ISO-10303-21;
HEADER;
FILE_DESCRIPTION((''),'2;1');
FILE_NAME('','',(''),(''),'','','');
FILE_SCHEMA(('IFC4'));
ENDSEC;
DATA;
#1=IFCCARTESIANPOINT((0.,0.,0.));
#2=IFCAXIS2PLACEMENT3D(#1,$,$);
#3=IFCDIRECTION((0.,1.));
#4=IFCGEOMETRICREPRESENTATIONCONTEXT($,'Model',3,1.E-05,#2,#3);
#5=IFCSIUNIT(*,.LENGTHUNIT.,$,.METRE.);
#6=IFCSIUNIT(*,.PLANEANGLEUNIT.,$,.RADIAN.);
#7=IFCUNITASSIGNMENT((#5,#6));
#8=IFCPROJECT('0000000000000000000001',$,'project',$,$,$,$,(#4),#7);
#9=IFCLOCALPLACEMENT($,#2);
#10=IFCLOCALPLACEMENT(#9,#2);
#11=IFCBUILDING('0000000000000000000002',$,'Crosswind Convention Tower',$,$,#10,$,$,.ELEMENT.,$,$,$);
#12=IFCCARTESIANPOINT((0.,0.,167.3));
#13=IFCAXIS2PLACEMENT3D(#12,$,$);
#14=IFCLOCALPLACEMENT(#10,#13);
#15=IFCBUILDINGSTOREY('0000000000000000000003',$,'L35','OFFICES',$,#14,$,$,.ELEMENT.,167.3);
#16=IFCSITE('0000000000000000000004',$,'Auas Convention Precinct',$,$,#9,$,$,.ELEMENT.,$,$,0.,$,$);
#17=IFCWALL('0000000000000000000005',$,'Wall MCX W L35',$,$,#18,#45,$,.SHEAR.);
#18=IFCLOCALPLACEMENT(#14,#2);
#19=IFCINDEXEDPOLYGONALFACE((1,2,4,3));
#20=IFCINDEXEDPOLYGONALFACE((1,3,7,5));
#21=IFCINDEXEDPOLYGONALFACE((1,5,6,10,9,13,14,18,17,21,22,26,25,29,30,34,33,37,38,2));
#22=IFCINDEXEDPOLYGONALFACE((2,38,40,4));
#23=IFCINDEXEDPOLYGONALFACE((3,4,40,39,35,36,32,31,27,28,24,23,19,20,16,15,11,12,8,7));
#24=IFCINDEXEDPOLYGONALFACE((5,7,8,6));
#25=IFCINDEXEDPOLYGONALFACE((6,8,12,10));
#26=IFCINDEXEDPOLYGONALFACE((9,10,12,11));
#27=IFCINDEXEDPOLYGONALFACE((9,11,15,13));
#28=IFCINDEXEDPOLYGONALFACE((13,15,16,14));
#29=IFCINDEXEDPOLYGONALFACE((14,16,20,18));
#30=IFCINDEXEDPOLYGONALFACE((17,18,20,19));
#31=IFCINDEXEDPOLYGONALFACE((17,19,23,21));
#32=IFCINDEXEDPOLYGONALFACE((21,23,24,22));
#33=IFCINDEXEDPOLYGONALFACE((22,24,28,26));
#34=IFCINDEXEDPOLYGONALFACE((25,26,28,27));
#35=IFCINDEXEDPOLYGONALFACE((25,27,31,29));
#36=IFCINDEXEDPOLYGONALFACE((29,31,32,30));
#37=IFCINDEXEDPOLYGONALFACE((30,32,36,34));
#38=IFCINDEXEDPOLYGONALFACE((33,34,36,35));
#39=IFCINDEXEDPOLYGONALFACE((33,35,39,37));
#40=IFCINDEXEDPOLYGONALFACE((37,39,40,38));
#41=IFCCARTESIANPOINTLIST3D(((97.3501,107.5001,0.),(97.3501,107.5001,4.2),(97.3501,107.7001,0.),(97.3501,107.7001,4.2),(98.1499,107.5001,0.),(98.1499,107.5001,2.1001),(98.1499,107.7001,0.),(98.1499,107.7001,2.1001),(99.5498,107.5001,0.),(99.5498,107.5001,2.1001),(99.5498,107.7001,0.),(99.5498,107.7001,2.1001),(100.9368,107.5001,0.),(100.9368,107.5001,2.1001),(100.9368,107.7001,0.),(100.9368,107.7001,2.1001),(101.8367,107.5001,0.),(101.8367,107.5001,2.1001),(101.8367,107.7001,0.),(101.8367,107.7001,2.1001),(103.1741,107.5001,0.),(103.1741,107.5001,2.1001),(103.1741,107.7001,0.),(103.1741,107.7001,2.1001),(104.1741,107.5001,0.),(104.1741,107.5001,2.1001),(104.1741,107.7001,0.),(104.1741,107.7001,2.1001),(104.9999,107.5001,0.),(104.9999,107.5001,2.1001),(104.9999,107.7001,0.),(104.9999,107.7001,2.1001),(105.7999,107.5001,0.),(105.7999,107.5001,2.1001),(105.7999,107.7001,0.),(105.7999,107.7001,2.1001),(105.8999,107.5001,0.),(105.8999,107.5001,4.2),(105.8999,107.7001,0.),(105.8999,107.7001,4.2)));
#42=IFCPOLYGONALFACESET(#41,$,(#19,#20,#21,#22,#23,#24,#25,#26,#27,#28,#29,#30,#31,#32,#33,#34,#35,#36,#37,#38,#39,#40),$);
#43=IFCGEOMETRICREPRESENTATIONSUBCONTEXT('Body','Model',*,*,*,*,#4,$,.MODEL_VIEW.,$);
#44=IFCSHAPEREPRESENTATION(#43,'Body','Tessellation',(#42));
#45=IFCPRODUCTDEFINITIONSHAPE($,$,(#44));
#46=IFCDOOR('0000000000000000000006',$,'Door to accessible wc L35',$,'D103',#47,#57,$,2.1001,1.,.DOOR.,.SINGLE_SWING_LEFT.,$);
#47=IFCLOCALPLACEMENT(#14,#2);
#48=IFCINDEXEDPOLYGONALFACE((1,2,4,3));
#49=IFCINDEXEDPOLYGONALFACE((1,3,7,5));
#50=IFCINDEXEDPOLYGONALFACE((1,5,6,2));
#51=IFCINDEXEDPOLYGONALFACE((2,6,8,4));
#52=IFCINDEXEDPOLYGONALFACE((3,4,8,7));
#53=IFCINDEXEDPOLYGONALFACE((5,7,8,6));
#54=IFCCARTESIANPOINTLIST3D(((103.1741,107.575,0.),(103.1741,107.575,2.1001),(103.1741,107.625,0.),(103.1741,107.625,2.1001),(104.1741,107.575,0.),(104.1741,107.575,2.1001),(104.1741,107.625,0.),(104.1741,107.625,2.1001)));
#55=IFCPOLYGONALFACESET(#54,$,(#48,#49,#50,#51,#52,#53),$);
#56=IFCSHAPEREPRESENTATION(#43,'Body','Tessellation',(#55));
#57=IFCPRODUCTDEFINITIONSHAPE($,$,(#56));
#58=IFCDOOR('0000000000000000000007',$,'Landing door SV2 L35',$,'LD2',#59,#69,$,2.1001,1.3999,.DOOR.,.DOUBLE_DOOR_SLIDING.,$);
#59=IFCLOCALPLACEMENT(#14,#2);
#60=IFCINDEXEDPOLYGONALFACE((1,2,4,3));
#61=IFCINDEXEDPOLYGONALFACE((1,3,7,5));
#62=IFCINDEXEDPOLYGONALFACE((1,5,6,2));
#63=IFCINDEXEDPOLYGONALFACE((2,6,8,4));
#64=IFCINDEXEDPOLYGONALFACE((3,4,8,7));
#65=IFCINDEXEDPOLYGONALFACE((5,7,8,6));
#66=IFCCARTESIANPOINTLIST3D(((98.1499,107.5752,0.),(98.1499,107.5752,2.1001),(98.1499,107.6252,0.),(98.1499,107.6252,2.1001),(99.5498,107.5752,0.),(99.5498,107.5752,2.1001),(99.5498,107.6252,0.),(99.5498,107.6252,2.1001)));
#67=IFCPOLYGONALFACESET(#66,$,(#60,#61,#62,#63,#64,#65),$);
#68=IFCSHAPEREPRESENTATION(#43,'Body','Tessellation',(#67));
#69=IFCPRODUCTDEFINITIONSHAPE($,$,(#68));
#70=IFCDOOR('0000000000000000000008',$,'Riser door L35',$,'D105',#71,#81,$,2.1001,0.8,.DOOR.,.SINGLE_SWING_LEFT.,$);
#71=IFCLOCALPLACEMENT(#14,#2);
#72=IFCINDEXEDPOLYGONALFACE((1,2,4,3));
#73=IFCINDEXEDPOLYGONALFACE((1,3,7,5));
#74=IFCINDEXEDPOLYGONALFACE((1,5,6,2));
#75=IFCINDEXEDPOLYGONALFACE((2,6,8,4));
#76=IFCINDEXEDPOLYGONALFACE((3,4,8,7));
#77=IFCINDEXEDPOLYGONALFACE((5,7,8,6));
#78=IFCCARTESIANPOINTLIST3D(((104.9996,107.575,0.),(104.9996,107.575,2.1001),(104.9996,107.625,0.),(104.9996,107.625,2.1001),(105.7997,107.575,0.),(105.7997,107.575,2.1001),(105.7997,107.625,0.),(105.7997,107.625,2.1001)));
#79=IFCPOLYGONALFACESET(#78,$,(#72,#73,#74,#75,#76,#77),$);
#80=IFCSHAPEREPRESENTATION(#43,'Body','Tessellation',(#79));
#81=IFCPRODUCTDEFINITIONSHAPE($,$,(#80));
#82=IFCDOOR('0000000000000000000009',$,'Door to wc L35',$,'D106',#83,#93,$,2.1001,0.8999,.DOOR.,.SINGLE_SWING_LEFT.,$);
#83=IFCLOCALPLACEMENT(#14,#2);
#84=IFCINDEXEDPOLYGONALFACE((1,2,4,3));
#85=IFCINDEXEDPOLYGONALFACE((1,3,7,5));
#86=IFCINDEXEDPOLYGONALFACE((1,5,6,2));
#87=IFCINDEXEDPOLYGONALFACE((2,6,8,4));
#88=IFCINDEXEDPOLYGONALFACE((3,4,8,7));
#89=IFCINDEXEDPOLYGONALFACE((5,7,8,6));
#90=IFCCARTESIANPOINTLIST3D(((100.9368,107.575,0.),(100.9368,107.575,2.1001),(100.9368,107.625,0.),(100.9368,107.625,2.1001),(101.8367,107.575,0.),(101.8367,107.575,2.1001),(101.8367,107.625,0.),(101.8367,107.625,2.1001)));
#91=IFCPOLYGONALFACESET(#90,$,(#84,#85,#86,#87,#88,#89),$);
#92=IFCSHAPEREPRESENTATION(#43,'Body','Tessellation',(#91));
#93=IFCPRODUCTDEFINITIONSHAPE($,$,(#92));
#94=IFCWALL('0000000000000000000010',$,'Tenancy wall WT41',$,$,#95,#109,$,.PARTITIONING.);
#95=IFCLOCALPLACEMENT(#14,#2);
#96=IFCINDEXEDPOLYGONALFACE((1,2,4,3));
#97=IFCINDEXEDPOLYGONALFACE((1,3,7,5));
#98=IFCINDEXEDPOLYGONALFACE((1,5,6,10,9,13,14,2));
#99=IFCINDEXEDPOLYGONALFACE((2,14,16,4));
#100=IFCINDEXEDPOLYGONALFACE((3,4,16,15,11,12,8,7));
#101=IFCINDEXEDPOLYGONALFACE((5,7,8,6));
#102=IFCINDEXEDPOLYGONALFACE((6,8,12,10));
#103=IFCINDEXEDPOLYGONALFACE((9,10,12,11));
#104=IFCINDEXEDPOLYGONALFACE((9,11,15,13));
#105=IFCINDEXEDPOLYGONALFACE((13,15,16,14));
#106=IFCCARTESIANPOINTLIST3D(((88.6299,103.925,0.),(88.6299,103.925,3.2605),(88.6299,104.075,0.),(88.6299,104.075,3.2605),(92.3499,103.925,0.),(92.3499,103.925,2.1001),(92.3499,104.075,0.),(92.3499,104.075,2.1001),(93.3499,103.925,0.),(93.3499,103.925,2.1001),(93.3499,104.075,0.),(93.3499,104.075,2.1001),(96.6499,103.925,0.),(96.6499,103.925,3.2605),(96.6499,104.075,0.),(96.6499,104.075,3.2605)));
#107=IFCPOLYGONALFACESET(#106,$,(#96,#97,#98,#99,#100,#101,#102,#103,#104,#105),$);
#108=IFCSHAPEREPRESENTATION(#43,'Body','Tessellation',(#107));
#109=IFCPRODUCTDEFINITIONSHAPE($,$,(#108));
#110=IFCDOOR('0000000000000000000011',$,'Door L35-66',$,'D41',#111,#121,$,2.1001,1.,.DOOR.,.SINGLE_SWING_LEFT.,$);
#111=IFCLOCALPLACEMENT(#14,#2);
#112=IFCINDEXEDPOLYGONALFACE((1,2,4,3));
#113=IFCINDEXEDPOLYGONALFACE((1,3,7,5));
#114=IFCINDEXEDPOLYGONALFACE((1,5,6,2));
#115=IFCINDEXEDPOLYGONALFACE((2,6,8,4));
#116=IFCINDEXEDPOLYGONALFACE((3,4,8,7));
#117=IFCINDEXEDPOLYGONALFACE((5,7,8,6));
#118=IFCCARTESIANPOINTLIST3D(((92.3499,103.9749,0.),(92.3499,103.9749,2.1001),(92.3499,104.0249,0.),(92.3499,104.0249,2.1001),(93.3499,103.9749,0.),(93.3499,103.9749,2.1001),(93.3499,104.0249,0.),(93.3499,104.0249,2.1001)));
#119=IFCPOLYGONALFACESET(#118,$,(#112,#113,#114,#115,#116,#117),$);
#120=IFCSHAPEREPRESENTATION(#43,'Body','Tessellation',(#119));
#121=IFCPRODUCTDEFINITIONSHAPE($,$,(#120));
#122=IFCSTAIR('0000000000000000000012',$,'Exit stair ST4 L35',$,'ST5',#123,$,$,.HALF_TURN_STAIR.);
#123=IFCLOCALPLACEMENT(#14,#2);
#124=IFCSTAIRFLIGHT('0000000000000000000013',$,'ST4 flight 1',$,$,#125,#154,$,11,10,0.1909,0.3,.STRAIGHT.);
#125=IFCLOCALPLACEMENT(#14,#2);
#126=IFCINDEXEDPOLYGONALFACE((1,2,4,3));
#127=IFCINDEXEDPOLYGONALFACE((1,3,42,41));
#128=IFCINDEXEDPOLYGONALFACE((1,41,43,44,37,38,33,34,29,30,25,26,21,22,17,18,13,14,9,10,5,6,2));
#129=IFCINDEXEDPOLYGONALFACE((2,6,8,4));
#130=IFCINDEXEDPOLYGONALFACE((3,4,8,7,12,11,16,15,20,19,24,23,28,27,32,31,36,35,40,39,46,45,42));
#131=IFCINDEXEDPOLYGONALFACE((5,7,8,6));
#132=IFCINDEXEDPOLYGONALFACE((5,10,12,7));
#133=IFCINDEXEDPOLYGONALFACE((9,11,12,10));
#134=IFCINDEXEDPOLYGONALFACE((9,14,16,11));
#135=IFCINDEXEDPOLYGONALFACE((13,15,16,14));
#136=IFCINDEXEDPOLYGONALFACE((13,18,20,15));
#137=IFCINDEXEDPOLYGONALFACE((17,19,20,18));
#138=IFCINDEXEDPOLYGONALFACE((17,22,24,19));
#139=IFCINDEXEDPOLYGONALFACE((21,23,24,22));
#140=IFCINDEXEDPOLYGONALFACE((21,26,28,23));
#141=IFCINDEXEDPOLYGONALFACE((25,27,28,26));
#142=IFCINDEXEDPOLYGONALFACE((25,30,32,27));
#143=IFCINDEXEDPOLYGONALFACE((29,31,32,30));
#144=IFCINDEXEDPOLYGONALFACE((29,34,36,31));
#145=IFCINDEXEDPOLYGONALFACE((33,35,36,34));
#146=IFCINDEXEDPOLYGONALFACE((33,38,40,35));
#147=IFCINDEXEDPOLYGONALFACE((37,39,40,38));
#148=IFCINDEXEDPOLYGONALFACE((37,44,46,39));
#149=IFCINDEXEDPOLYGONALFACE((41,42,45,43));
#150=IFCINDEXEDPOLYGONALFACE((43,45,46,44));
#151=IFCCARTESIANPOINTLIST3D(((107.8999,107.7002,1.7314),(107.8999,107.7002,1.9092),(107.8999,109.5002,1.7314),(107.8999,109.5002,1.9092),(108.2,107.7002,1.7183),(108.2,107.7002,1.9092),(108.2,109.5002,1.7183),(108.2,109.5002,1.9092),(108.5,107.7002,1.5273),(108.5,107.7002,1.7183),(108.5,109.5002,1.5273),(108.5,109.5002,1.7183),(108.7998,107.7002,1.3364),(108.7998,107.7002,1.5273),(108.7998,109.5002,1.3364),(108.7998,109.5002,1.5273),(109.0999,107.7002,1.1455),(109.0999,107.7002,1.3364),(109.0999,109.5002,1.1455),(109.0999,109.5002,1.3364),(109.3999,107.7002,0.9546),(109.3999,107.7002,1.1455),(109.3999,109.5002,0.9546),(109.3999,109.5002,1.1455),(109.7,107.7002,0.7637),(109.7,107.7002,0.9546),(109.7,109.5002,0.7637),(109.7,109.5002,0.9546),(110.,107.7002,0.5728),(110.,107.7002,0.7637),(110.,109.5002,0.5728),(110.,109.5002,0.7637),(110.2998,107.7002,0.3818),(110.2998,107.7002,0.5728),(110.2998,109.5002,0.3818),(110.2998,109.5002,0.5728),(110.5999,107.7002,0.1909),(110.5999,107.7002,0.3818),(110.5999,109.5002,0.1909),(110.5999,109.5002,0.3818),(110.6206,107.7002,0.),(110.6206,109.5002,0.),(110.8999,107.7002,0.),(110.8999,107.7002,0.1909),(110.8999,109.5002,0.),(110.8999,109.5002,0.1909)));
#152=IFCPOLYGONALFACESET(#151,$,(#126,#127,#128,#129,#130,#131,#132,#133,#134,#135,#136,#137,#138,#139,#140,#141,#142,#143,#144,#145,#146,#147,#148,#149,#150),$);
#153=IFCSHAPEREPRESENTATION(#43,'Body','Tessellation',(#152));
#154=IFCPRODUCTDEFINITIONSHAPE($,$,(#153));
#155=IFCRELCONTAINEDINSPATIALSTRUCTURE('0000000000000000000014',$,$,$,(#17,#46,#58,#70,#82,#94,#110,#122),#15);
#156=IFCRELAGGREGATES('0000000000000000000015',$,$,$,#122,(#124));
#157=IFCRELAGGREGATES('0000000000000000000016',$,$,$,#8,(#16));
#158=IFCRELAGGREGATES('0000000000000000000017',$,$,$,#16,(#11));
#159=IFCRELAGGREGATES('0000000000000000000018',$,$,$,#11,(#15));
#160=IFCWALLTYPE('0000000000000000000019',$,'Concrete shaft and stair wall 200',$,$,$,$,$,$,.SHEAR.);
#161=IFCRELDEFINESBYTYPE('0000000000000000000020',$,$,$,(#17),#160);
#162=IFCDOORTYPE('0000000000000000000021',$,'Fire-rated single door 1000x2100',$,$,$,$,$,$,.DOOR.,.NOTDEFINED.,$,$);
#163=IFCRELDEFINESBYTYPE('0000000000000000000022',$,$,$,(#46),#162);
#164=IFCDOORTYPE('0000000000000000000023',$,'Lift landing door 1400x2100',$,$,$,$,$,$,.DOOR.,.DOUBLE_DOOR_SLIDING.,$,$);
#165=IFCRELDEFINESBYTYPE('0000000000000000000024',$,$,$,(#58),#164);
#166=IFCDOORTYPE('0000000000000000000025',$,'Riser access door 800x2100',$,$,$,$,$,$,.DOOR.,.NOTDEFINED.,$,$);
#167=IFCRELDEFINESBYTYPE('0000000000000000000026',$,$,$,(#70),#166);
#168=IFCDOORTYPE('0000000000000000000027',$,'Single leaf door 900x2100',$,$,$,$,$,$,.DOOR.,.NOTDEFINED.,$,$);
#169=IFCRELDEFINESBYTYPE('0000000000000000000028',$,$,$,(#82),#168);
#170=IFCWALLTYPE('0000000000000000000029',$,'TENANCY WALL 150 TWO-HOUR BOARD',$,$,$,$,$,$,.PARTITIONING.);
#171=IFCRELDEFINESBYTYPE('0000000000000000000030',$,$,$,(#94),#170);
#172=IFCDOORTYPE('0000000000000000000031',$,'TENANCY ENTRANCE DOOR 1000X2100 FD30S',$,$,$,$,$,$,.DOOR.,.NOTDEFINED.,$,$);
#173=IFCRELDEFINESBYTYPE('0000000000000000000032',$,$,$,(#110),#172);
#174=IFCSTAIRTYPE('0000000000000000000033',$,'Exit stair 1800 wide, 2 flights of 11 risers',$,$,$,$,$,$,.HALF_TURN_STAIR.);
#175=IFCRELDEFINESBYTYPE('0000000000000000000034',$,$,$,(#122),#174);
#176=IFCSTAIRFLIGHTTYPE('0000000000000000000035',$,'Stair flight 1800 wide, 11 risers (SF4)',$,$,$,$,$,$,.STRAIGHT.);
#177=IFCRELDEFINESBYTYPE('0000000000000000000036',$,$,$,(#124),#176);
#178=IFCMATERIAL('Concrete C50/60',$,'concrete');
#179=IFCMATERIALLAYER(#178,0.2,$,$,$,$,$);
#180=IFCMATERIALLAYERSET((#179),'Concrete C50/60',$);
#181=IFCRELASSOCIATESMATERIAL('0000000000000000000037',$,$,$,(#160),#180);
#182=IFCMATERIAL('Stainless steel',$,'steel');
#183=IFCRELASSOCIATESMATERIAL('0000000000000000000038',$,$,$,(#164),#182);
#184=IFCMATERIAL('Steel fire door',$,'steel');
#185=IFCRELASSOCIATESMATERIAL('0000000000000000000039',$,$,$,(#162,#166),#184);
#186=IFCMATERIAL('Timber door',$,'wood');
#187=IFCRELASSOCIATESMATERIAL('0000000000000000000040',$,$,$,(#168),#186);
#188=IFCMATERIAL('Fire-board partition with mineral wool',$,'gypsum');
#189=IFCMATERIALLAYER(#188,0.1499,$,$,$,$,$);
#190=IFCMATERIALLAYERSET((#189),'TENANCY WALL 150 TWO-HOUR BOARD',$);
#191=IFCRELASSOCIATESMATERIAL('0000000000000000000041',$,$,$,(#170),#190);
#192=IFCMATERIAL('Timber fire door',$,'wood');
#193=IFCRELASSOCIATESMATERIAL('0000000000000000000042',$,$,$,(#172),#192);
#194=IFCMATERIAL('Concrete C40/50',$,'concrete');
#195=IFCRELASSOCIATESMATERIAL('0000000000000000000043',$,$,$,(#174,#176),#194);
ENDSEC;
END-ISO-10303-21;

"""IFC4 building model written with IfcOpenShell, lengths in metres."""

from ifc_helpers import new_model, si_unit, direction, frame, frame_2d, origin, place, context, subcontext, project, spatial, polyline, rectangle, outline, extrude, material, layer, layer_set, type_object, element, fill, aggregate, save


model = new_model("IFC4")

# Units and contexts
model_context = context("Model", 3, precision=1e-05, world=origin(), true_north=direction((0.0, 1.0)))
body_context = subcontext(model_context, "Body", "Model", "MODEL_VIEW")
ifc_project = project(units=[si_unit("LENGTHUNIT", "METRE"), si_unit("PLANEANGLEUNIT", "RADIAN")], contexts=[model_context])

# Site, building, storey
site_placement = place(None, origin())
site = spatial("IfcSite", under=ifc_project, at=site_placement, Name="Auas Convention Precinct", CompositionType="ELEMENT", RefElevation=0.0)
building_placement = place(site_placement, origin())
building = spatial("IfcBuilding", under=site, at=building_placement, Name="Crosswind Convention Tower", CompositionType="ELEMENT")
storey_placement = place(building_placement, frame((0.0, 0.0, 167.3)))
storey = spatial("IfcBuildingStorey", under=building, at=storey_placement, Name="L35", Description="OFFICES", CompositionType="ELEMENT", Elevation=167.3)

# Shared definitions
ifc_material_1 = material(Name="Concrete C50/60", Category="concrete")
ifc_layer_1 = layer(ifc_material_1, 0.2)
ifc_layer_set_1 = layer_set([ifc_layer_1], Name="Concrete C50/60")
wall_type_1 = type_object("IfcWallType", Name="Concrete shaft and stair wall 200", PredefinedType="SHEAR", material=ifc_layer_set_1)

# Wall, openings, doors
ifc_material_2 = material(Name="Stainless steel", Category="steel")
door_type_1 = type_object("IfcDoorType", Name="Lift landing door 1400x2100", OperationType="DOUBLE_DOOR_SLIDING", PredefinedType="DOOR", material=ifc_material_2)
wall_1_placement = place(storey_placement, frame((105.8999, 107.6001, 0.0), z_axis=(0.0, 0.0, 1.0), x_axis=(-1.0, 0.0, 0.0)))
wall_1 = element("IfcWall", 1, at=wall_1_placement, inside=storey, type_object=wall_type_1, Name="Wall MCX W L35", PredefinedType="SHEAR", context=body_context, shape_type="SweptSolid", body=[
    extrude(rectangle(XDim=8.5498, YDim=0.2, at=frame_2d((4.2749, 0.0))), origin(), (0.0, 0.0, 1.0), 4.2),
])
opening_1_placement = place(wall_1_placement, frame((0.1001, 0.0, 0.0)))
opening_1 = element("IfcOpeningElement", 2, at=opening_1_placement, cuts=wall_1, PredefinedType="OPENING", context=body_context, shape_type="SweptSolid", body=[
    extrude(rectangle(XDim=0.8, YDim=2.1001, at=frame_2d((0.3999, 1.05))), frame((0.0, 0.1099, 0.0), z_axis=(0.0, -1.0, 0.0), x_axis=(1.0, 0.0, 0.0)), (0.0, 0.0, 1.0), 0.22),
])
opening_2_placement = place(wall_1_placement, frame((1.7258, 0.0, 0.0)))
opening_2 = element("IfcOpeningElement", 3, at=opening_2_placement, cuts=wall_1, PredefinedType="OPENING", context=body_context, shape_type="SweptSolid", body=[
    extrude(rectangle(XDim=1.0, YDim=2.1001, at=frame_2d((0.5, 1.05))), frame((0.0, 0.1099, 0.0), z_axis=(0.0, -1.0, 0.0), x_axis=(1.0, 0.0, 0.0)), (0.0, 0.0, 1.0), 0.22),
])
opening_3_placement = place(wall_1_placement, frame((4.0632, 0.0, 0.0)))
opening_3 = element("IfcOpeningElement", 4, at=opening_3_placement, cuts=wall_1, PredefinedType="OPENING", context=body_context, shape_type="SweptSolid", body=[
    extrude(rectangle(XDim=0.8999, YDim=2.1001, at=frame_2d((0.45, 1.05))), frame((0.0, 0.1099, 0.0), z_axis=(0.0, -1.0, 0.0), x_axis=(1.0, 0.0, 0.0)), (0.0, 0.0, 1.0), 0.22),
])
opening_4_placement = place(wall_1_placement, frame((6.3501, 0.0, 0.0)))
opening_4 = element("IfcOpeningElement", 5, at=opening_4_placement, cuts=wall_1, PredefinedType="OPENING", context=body_context, shape_type="SweptSolid", body=[
    extrude(rectangle(XDim=1.3999, YDim=2.1001, at=frame_2d((0.7, 1.05))), frame((0.0, 0.1099, 0.0), z_axis=(0.0, -1.0, 0.0), x_axis=(1.0, 0.0, 0.0)), (0.0, 0.0, 1.0), 0.22),
])
ifc_material_3 = material(Name="Steel fire door", Category="steel")
door_type_2 = type_object("IfcDoorType", Name="Fire-rated single door 1000x2100", OperationType="NOTDEFINED", PredefinedType="DOOR", material=ifc_material_3)
door_1_placement = place(opening_2_placement, frame((1.0, 0.0, 0.0), z_axis=(0.0, 0.0, 1.0), x_axis=(-1.0, 0.0, 0.0)))
door_1 = element("IfcDoor", 6, at=door_1_placement, inside=storey, type_object=door_type_2, Name="Door to accessible wc L35", ObjectType="D103", OperationType="SINGLE_SWING_LEFT", OverallHeight=2.1001, OverallWidth=1.0, PredefinedType="DOOR", context=body_context, shape_type="SweptSolid", body=[
    extrude(rectangle(XDim=1.0, YDim=2.1001, at=frame_2d((0.5, 1.05))), frame((0.0, 0.0249, 0.0), z_axis=(0.0, -1.0, 0.0), x_axis=(1.0, 0.0, 0.0)), (0.0, 0.0, 1.0), 0.05),
])
fill(opening_2, door_1)
door_2_placement = place(opening_4_placement, origin())
door_2 = element("IfcDoor", 7, at=door_2_placement, inside=storey, type_object=door_type_1, Name="Landing door SV2 L35", ObjectType="LD2", OperationType="DOUBLE_DOOR_SLIDING", OverallHeight=2.1001, OverallWidth=1.3999, PredefinedType="DOOR", context=body_context, shape_type="SweptSolid", body=[
    extrude(rectangle(XDim=1.3999, YDim=2.1001, at=frame_2d((0.7, 1.05))), frame((0.0, 0.0249, 0.0), z_axis=(0.0, -1.0, 0.0), x_axis=(1.0, 0.0, 0.0)), (0.0, 0.0, 1.0), 0.05),
])
fill(opening_4, door_2)
door_type_3 = type_object("IfcDoorType", Name="Riser access door 800x2100", OperationType="NOTDEFINED", PredefinedType="DOOR", material=ifc_material_3)
door_3_placement = place(opening_1_placement, frame((0.8, 0.0, 0.0), z_axis=(0.0, 0.0, 1.0), x_axis=(-1.0, 0.0, 0.0)))
door_3 = element("IfcDoor", 8, at=door_3_placement, inside=storey, type_object=door_type_3, Name="Riser door L35", ObjectType="D105", OperationType="SINGLE_SWING_LEFT", OverallHeight=2.1001, OverallWidth=0.8, PredefinedType="DOOR", context=body_context, shape_type="SweptSolid", body=[
    extrude(rectangle(XDim=0.8, YDim=2.1001, at=frame_2d((0.3999, 1.05))), frame((0.0, 0.0249, 0.0), z_axis=(0.0, -1.0, 0.0), x_axis=(1.0, 0.0, 0.0)), (0.0, 0.0, 1.0), 0.05),
])
fill(opening_1, door_3)
ifc_material_4 = material(Name="Timber door", Category="wood")
door_type_4 = type_object("IfcDoorType", Name="Single leaf door 900x2100", OperationType="NOTDEFINED", PredefinedType="DOOR", material=ifc_material_4)
door_4_placement = place(opening_3_placement, frame((0.8999, 0.0, 0.0), z_axis=(0.0, 0.0, 1.0), x_axis=(-1.0, 0.0, 0.0)))
door_4 = element("IfcDoor", 9, at=door_4_placement, inside=storey, type_object=door_type_4, Name="Door to wc L35", ObjectType="D106", OperationType="SINGLE_SWING_LEFT", OverallHeight=2.1001, OverallWidth=0.8999, PredefinedType="DOOR", context=body_context, shape_type="SweptSolid", body=[
    extrude(rectangle(XDim=0.8999, YDim=2.1001, at=frame_2d((0.45, 1.05))), frame((0.0, 0.0249, 0.0), z_axis=(0.0, -1.0, 0.0), x_axis=(1.0, 0.0, 0.0)), (0.0, 0.0, 1.0), 0.05),
])
fill(opening_3, door_4)

# Wall, opening, door
ifc_material_5 = material(Name="Fire-board partition with mineral wool", Category="gypsum")
ifc_layer_2 = layer(ifc_material_5, 0.1499)
ifc_layer_set_2 = layer_set([ifc_layer_2], Name="TENANCY WALL 150 TWO-HOUR BOARD")
wall_type_2 = type_object("IfcWallType", Name="TENANCY WALL 150 TWO-HOUR BOARD", PredefinedType="PARTITIONING", material=ifc_layer_set_2)
wall_2_placement = place(storey_placement, frame((88.6299, 104.0, 0.0), z_axis=(0.0, 0.0, 1.0), x_axis=(1.0, 0.0, 0.0)))
wall_2 = element("IfcWall", 10, at=wall_2_placement, inside=storey, type_object=wall_type_2, Name="Tenancy wall WT41", PredefinedType="PARTITIONING", context=body_context, shape_type="SweptSolid", body=[
    extrude(rectangle(XDim=8.02, YDim=0.1499, at=frame_2d((4.01, 0.0))), origin(), (0.0, 0.0, 1.0), 3.2605),
])
opening_5_placement = place(wall_2_placement, frame((3.72, 0.0, 0.0)))
opening_5 = element("IfcOpeningElement", 11, at=opening_5_placement, cuts=wall_2, PredefinedType="OPENING", context=body_context, shape_type="SweptSolid", body=[
    extrude(rectangle(XDim=1.0, YDim=2.1001, at=frame_2d((0.5, 1.05))), frame((0.0, 0.085, 0.0), z_axis=(0.0, -1.0, 0.0), x_axis=(1.0, 0.0, 0.0)), (0.0, 0.0, 1.0), 0.1699),
])
ifc_material_6 = material(Name="Timber fire door", Category="wood")
door_type_5 = type_object("IfcDoorType", Name="TENANCY ENTRANCE DOOR 1000X2100 FD30S", OperationType="NOTDEFINED", PredefinedType="DOOR", material=ifc_material_6)
door_5_placement = place(opening_5_placement, origin())
door_5 = element("IfcDoor", 12, at=door_5_placement, inside=storey, type_object=door_type_5, Name="Door L35-66", ObjectType="D41", OperationType="SINGLE_SWING_LEFT", OverallHeight=2.1001, OverallWidth=1.0, PredefinedType="DOOR", context=body_context, shape_type="SweptSolid", body=[
    extrude(rectangle(XDim=1.0, YDim=2.1001, at=frame_2d((0.5, 1.05))), frame((0.0, 0.0249, 0.0), z_axis=(0.0, -1.0, 0.0), x_axis=(1.0, 0.0, 0.0)), (0.0, 0.0, 1.0), 0.05),
])
fill(opening_5, door_5)

# Stair, stair flight
ifc_material_7 = material(Name="Concrete C40/50", Category="concrete")
stair_type = type_object("IfcStairType", Name="Exit stair 1800 wide, 2 flights of 11 risers", PredefinedType="HALF_TURN_STAIR", material=ifc_material_7)
stair_placement = place(storey_placement, origin())
stair = element("IfcStair", 13, at=stair_placement, inside=storey, type_object=stair_type, Name="Exit stair ST4 L35", ObjectType="ST5", PredefinedType="HALF_TURN_STAIR")
stair_flight_type = type_object("IfcStairFlightType", Name="Stair flight 1800 wide, 11 risers (SF4)", PredefinedType="STRAIGHT", material=ifc_material_7)
stair_flight_1_placement = place(storey_placement, frame((110.8999, 108.6001, 0.0), z_axis=(0.0, 0.0, 1.0), x_axis=(-1.0, 0.0, 0.0)))
stair_flight_1 = element("IfcStairFlight", 14, at=stair_flight_1_placement, type_object=stair_flight_type, Name="ST4 flight 1", NumberOfRisers=11, NumberOfTreads=10, PredefinedType="STRAIGHT", RiserHeight=0.1909, TreadLength=0.3, context=body_context, shape_type="SweptSolid", body=[
    extrude(outline(polyline([(0.0, 0.0), (0.0, 0.1909), (0.3, 0.1909), (0.3, 0.3818), (0.6001, 0.3818), (0.6001, 0.5728), (0.8999, 0.5728), (0.8999, 0.7637), (1.2, 0.7637), (1.2, 0.9546), (1.5, 0.9546), (1.5, 1.1455), (1.8, 1.1455), (1.8, 1.3364), (2.1001, 1.3364), (2.1001, 1.5273), (2.3999, 1.5273), (2.3999, 1.7183), (2.7, 1.7183), (2.7, 1.9092), (3.0, 1.9092), (3.0, 2.1001), (3.0, 1.7314), (0.2793, 0.0), (0.0, 0.0)])), frame((0.0, 0.8999, 0.0), z_axis=(0.0, -1.0, 0.0), x_axis=(1.0, 0.0, 0.0)), (0.0, 0.0, 1.0), 1.8),
])
aggregate(stair, [stair_flight_1])

save(model, "model.ifc")
